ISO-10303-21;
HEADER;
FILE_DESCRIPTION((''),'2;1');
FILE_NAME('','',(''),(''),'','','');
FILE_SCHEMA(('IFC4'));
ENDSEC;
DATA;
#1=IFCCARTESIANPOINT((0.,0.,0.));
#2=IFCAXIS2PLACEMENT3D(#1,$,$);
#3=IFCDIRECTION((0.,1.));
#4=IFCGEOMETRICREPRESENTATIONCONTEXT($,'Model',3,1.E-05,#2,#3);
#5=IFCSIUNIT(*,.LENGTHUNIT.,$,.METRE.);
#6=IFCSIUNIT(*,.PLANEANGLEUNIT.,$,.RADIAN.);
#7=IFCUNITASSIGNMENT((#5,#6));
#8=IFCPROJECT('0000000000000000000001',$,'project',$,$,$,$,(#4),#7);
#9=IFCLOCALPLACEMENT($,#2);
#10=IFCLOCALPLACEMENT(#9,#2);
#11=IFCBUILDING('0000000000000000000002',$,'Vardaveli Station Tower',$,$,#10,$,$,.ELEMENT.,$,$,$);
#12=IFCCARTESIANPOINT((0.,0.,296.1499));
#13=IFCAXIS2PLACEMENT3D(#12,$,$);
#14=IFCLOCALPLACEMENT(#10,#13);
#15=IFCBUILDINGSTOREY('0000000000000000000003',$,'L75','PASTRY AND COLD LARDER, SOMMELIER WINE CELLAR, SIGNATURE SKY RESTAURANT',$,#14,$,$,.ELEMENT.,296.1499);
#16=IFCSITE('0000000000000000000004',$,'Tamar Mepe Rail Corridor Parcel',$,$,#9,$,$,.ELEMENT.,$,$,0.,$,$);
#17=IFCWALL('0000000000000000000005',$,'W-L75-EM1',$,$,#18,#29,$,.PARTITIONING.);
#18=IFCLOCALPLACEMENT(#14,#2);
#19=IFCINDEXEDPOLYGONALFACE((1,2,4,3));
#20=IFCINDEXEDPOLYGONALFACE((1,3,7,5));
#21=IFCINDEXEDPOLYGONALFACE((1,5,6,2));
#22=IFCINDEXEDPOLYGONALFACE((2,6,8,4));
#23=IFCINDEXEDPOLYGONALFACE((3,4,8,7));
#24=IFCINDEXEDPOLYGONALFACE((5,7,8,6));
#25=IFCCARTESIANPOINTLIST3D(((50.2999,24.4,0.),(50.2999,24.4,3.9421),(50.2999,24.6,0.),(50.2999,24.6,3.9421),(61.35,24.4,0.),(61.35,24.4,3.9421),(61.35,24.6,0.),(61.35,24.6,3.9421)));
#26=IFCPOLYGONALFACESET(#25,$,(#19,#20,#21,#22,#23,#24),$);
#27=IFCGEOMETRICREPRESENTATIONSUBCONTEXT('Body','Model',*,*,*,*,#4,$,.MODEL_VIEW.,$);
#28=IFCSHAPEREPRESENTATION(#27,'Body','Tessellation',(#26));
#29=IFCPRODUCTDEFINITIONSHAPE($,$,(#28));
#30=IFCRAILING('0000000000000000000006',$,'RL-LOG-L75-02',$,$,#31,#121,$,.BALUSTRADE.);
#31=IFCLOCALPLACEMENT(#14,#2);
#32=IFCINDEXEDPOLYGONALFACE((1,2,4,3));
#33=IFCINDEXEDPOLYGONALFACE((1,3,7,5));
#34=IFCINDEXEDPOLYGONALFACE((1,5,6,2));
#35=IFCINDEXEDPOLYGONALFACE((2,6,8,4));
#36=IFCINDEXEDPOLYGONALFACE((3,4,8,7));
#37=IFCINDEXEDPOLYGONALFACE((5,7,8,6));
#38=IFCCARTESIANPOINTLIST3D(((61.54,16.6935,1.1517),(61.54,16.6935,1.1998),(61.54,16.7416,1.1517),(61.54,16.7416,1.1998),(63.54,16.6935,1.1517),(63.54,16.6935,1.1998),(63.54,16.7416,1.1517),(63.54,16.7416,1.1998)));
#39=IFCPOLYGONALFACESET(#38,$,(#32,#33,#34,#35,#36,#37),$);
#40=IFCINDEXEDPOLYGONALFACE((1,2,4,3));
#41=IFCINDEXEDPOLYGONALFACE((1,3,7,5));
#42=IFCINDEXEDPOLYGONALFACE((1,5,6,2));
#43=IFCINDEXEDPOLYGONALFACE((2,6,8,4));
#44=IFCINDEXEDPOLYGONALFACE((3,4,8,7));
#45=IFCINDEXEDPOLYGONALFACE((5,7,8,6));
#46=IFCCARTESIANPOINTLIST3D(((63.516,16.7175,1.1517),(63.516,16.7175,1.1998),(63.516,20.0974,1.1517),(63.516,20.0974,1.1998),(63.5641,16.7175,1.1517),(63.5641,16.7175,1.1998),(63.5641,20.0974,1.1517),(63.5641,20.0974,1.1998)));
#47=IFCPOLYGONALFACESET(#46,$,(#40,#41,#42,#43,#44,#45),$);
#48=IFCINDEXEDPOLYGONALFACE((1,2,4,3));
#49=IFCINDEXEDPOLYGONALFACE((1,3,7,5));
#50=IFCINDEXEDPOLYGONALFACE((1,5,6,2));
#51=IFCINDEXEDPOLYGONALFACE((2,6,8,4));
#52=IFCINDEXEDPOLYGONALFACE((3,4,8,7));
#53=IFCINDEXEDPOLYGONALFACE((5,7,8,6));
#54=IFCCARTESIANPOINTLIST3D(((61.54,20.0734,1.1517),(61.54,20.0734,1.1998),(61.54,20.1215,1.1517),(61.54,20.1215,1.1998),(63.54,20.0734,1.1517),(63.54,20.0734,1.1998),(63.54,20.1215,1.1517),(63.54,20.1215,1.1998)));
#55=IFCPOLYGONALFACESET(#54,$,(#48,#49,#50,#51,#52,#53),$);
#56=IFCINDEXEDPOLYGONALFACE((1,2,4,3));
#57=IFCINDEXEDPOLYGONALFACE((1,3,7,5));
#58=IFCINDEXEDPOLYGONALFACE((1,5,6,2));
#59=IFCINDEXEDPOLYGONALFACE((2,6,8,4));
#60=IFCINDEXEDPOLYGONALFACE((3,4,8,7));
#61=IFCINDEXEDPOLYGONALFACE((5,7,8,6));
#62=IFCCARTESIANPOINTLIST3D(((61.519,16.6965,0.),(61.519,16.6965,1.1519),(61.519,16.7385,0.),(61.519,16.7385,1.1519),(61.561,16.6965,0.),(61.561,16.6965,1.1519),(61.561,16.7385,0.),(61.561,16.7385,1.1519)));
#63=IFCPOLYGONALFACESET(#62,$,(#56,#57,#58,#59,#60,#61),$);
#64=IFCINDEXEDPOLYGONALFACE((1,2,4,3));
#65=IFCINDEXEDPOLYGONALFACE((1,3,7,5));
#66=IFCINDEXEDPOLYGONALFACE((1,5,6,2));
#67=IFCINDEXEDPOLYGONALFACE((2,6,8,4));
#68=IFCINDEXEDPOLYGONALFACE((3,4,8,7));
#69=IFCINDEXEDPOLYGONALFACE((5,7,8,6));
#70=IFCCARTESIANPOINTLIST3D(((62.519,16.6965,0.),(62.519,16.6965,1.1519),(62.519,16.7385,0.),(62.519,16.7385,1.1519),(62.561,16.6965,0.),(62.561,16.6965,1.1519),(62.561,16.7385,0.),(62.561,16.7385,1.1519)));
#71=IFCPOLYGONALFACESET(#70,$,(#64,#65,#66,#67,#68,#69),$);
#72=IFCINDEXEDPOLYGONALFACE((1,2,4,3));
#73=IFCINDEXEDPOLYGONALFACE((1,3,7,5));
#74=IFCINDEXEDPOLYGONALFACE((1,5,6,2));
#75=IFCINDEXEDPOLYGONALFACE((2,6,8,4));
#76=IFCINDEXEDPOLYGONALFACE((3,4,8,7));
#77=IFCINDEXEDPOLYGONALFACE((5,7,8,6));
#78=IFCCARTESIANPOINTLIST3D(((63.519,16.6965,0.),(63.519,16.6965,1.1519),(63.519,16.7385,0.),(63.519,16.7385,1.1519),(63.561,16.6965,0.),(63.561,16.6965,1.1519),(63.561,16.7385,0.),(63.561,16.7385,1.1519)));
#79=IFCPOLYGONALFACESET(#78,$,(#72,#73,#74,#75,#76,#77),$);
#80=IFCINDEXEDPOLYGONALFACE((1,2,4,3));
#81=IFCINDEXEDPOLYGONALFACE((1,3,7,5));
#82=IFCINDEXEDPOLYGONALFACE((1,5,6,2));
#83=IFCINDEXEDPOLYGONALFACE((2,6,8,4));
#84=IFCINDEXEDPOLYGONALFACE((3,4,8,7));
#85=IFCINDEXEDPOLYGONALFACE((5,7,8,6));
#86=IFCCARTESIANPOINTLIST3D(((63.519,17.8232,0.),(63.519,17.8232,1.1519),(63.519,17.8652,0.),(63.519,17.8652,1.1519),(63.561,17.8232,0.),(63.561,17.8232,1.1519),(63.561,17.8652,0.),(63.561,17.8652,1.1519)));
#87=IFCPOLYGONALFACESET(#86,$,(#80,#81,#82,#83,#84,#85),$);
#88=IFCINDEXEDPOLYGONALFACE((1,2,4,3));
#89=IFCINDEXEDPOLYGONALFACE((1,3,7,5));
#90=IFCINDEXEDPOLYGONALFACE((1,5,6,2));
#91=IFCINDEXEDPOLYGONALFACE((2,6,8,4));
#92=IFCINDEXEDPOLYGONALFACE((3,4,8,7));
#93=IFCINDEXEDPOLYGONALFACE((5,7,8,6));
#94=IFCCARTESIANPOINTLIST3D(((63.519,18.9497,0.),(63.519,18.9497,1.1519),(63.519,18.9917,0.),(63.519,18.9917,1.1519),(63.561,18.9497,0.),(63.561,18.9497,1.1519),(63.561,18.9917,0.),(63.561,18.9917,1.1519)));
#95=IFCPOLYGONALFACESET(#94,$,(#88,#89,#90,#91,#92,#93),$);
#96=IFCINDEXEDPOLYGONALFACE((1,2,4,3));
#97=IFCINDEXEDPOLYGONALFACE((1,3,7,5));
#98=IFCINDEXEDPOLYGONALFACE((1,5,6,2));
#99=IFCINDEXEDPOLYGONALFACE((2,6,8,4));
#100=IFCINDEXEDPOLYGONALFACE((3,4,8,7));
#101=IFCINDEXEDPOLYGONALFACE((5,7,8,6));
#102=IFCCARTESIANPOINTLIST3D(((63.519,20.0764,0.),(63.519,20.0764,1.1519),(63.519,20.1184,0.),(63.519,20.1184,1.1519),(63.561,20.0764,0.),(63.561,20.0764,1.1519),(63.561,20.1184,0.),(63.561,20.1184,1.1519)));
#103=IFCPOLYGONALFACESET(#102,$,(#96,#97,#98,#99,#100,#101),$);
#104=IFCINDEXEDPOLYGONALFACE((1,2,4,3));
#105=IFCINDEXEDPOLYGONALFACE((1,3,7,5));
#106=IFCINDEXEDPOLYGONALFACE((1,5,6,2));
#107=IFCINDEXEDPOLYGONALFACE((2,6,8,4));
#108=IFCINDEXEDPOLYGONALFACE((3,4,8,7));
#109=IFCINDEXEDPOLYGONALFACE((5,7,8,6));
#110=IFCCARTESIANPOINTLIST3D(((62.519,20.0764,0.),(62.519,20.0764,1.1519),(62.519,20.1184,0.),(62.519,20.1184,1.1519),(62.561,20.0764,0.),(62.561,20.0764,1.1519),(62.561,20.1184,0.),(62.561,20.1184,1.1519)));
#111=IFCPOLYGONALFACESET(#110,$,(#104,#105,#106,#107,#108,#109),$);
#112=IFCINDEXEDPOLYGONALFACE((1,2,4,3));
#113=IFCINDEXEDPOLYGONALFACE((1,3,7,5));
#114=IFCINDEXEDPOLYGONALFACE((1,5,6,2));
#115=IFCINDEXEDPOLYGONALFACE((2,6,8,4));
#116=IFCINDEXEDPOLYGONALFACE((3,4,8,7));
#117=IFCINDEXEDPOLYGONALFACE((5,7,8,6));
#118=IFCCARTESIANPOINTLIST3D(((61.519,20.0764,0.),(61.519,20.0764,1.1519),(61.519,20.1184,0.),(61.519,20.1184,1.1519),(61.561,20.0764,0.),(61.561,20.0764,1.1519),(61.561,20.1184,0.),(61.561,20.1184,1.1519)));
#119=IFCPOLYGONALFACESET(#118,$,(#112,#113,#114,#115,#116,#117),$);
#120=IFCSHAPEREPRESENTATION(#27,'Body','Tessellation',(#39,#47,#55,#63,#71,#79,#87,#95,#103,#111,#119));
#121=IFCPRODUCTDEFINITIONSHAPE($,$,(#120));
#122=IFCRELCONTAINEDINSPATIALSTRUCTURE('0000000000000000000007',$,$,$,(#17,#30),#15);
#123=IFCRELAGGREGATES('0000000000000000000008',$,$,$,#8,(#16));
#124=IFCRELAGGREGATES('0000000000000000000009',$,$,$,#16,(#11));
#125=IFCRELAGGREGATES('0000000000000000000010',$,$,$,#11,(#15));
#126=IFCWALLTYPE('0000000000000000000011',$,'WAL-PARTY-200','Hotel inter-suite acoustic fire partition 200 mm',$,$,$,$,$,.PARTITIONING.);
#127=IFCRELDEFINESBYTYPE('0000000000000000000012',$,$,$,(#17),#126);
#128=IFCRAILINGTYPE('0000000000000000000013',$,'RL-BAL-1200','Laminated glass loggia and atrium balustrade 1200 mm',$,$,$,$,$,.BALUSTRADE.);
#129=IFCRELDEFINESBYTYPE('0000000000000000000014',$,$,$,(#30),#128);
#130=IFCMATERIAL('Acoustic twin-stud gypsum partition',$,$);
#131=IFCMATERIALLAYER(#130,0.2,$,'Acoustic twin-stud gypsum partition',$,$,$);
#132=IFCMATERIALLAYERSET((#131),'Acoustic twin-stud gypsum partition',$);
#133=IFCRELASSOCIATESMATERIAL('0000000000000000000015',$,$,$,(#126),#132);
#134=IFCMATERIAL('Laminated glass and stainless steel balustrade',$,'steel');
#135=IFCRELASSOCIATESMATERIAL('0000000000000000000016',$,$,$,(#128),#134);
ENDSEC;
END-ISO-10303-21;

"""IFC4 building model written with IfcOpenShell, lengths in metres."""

from ifc_helpers import new_model, si_unit, direction, frame, frame_2d, origin, origin_2d, place, context, subcontext, project, spatial, rectangle, extrude, source, transform, mapped, material, layer, layer_set, type_object, element, save


model = new_model("IFC4")

# Units and contexts
model_context = context("Model", 3, precision=1e-05, world=origin(), true_north=direction((0.0, 1.0)))
body_context = subcontext(model_context, "Body", "Model", "MODEL_VIEW")
ifc_project = project(units=[si_unit("LENGTHUNIT", "METRE"), si_unit("PLANEANGLEUNIT", "RADIAN")], contexts=[model_context])

# Site, building, storey
site_placement = place(None, origin())
site = spatial("IfcSite", under=ifc_project, at=site_placement, Name="Tamar Mepe Rail Corridor Parcel", CompositionType="ELEMENT", RefElevation=0.0)
building_placement = place(site_placement, origin())
building = spatial("IfcBuilding", under=site, at=building_placement, Name="Vardaveli Station Tower", CompositionType="ELEMENT")
storey_placement = place(building_placement, frame((0.0, 0.0, 296.1499)))
storey = spatial("IfcBuildingStorey", under=building, at=storey_placement, Name="L75", Description="PASTRY AND COLD LARDER, SOMMELIER WINE CELLAR, SIGNATURE SKY RESTAURANT", CompositionType="ELEMENT", Elevation=296.1499)

# Wall
ifc_material_1 = material(Name="Acoustic twin-stud gypsum partition")
ifc_layer_1 = layer(ifc_material_1, 0.2, Name="Acoustic twin-stud gypsum partition")
ifc_layer_set_1 = layer_set([ifc_layer_1], Name="Acoustic twin-stud gypsum partition")
wall_type = type_object("IfcWallType", Name="WAL-PARTY-200", Description="Hotel inter-suite acoustic fire partition 200 mm", PredefinedType="PARTITIONING", material=ifc_layer_set_1)
shared_shape_1 = source(origin(), body_context, "Body", "SweptSolid", [
    extrude(rectangle(XDim=11.05, YDim=0.2, at=frame_2d((5.5249, 0.0))), origin(), (0.0, 0.0, 1.0), 3.9421),
])
wall_placement = place(storey_placement, frame((50.3, 24.5, 0.0), z_axis=(0.0, 0.0, 1.0), x_axis=(1.0, 0.0, 0.0)))
element("IfcWall", 1, at=wall_placement, inside=storey, type_object=wall_type, Name="W-L75-EM1", PredefinedType="PARTITIONING", context=body_context, shape_type="MappedRepresentation", body=[
    mapped(shared_shape_1, transform((0.0, 0.0, 0.0), scale=1.0)),
])

# Railing
ifc_material_2 = material(Name="Laminated glass and stainless steel balustrade", Category="steel")
railing_type = type_object("IfcRailingType", Name="RL-BAL-1200", Description="Laminated glass loggia and atrium balustrade 1200 mm", PredefinedType="BALUSTRADE", material=ifc_material_2)
shared_shape_2 = source(origin(), body_context, "Body", "SweptSolid", [
    extrude(rectangle(XDim=0.0481, YDim=0.0481, at=origin_2d()), frame((0.0, 0.0, 1.1758), z_axis=(1.0, 0.0, 0.0), x_axis=(0.0, 1.0, 0.0)), (0.0, 0.0, 1.0), 2.0),
    extrude(rectangle(XDim=0.0481, YDim=0.0481, at=origin_2d()), frame((2.0, 0.0, 1.1758), z_axis=(0.0, 1.0, 0.0), x_axis=(-1.0, 0.0, 0.0)), (0.0, 0.0, 1.0), 3.3799),
    extrude(rectangle(XDim=0.0481, YDim=0.0481, at=origin_2d()), frame((2.0, 3.3799, 1.1758), z_axis=(-1.0, 0.0, 0.0), x_axis=(0.0, -1.0, 0.0)), (0.0, 0.0, 1.0), 2.0),
    extrude(rectangle(XDim=0.042, YDim=0.042, at=origin_2d()), origin(), (0.0, 0.0, 1.0), 1.1519),
    extrude(rectangle(XDim=0.042, YDim=0.042, at=origin_2d()), frame((1.0, 0.0, 0.0)), (0.0, 0.0, 1.0), 1.1519),
    extrude(rectangle(XDim=0.042, YDim=0.042, at=origin_2d()), frame((2.0, 0.0, 0.0)), (0.0, 0.0, 1.0), 1.1519),
    extrude(rectangle(XDim=0.042, YDim=0.042, at=origin_2d()), frame((2.0, 1.1267, 0.0)), (0.0, 0.0, 1.0), 1.1519),
    extrude(rectangle(XDim=0.042, YDim=0.042, at=origin_2d()), frame((2.0, 2.2532, 0.0)), (0.0, 0.0, 1.0), 1.1519),
    extrude(rectangle(XDim=0.042, YDim=0.042, at=origin_2d()), frame((2.0, 3.3799, 0.0)), (0.0, 0.0, 1.0), 1.1519),
    extrude(rectangle(XDim=0.042, YDim=0.042, at=origin_2d()), frame((1.0, 3.3799, 0.0)), (0.0, 0.0, 1.0), 1.1519),
    extrude(rectangle(XDim=0.042, YDim=0.042, at=origin_2d()), frame((0.0, 3.3799, 0.0)), (0.0, 0.0, 1.0), 1.1519),
])
railing_placement = place(storey_placement, frame((61.54, 16.7175, 0.0)))
element("IfcRailing", 2, at=railing_placement, inside=storey, type_object=railing_type, Name="RL-LOG-L75-02", PredefinedType="BALUSTRADE", context=body_context, shape_type="MappedRepresentation", body=[
    mapped(shared_shape_2, transform((0.0, 0.0, 0.0), scale=1.0)),
])

save(model, "model.ifc")
